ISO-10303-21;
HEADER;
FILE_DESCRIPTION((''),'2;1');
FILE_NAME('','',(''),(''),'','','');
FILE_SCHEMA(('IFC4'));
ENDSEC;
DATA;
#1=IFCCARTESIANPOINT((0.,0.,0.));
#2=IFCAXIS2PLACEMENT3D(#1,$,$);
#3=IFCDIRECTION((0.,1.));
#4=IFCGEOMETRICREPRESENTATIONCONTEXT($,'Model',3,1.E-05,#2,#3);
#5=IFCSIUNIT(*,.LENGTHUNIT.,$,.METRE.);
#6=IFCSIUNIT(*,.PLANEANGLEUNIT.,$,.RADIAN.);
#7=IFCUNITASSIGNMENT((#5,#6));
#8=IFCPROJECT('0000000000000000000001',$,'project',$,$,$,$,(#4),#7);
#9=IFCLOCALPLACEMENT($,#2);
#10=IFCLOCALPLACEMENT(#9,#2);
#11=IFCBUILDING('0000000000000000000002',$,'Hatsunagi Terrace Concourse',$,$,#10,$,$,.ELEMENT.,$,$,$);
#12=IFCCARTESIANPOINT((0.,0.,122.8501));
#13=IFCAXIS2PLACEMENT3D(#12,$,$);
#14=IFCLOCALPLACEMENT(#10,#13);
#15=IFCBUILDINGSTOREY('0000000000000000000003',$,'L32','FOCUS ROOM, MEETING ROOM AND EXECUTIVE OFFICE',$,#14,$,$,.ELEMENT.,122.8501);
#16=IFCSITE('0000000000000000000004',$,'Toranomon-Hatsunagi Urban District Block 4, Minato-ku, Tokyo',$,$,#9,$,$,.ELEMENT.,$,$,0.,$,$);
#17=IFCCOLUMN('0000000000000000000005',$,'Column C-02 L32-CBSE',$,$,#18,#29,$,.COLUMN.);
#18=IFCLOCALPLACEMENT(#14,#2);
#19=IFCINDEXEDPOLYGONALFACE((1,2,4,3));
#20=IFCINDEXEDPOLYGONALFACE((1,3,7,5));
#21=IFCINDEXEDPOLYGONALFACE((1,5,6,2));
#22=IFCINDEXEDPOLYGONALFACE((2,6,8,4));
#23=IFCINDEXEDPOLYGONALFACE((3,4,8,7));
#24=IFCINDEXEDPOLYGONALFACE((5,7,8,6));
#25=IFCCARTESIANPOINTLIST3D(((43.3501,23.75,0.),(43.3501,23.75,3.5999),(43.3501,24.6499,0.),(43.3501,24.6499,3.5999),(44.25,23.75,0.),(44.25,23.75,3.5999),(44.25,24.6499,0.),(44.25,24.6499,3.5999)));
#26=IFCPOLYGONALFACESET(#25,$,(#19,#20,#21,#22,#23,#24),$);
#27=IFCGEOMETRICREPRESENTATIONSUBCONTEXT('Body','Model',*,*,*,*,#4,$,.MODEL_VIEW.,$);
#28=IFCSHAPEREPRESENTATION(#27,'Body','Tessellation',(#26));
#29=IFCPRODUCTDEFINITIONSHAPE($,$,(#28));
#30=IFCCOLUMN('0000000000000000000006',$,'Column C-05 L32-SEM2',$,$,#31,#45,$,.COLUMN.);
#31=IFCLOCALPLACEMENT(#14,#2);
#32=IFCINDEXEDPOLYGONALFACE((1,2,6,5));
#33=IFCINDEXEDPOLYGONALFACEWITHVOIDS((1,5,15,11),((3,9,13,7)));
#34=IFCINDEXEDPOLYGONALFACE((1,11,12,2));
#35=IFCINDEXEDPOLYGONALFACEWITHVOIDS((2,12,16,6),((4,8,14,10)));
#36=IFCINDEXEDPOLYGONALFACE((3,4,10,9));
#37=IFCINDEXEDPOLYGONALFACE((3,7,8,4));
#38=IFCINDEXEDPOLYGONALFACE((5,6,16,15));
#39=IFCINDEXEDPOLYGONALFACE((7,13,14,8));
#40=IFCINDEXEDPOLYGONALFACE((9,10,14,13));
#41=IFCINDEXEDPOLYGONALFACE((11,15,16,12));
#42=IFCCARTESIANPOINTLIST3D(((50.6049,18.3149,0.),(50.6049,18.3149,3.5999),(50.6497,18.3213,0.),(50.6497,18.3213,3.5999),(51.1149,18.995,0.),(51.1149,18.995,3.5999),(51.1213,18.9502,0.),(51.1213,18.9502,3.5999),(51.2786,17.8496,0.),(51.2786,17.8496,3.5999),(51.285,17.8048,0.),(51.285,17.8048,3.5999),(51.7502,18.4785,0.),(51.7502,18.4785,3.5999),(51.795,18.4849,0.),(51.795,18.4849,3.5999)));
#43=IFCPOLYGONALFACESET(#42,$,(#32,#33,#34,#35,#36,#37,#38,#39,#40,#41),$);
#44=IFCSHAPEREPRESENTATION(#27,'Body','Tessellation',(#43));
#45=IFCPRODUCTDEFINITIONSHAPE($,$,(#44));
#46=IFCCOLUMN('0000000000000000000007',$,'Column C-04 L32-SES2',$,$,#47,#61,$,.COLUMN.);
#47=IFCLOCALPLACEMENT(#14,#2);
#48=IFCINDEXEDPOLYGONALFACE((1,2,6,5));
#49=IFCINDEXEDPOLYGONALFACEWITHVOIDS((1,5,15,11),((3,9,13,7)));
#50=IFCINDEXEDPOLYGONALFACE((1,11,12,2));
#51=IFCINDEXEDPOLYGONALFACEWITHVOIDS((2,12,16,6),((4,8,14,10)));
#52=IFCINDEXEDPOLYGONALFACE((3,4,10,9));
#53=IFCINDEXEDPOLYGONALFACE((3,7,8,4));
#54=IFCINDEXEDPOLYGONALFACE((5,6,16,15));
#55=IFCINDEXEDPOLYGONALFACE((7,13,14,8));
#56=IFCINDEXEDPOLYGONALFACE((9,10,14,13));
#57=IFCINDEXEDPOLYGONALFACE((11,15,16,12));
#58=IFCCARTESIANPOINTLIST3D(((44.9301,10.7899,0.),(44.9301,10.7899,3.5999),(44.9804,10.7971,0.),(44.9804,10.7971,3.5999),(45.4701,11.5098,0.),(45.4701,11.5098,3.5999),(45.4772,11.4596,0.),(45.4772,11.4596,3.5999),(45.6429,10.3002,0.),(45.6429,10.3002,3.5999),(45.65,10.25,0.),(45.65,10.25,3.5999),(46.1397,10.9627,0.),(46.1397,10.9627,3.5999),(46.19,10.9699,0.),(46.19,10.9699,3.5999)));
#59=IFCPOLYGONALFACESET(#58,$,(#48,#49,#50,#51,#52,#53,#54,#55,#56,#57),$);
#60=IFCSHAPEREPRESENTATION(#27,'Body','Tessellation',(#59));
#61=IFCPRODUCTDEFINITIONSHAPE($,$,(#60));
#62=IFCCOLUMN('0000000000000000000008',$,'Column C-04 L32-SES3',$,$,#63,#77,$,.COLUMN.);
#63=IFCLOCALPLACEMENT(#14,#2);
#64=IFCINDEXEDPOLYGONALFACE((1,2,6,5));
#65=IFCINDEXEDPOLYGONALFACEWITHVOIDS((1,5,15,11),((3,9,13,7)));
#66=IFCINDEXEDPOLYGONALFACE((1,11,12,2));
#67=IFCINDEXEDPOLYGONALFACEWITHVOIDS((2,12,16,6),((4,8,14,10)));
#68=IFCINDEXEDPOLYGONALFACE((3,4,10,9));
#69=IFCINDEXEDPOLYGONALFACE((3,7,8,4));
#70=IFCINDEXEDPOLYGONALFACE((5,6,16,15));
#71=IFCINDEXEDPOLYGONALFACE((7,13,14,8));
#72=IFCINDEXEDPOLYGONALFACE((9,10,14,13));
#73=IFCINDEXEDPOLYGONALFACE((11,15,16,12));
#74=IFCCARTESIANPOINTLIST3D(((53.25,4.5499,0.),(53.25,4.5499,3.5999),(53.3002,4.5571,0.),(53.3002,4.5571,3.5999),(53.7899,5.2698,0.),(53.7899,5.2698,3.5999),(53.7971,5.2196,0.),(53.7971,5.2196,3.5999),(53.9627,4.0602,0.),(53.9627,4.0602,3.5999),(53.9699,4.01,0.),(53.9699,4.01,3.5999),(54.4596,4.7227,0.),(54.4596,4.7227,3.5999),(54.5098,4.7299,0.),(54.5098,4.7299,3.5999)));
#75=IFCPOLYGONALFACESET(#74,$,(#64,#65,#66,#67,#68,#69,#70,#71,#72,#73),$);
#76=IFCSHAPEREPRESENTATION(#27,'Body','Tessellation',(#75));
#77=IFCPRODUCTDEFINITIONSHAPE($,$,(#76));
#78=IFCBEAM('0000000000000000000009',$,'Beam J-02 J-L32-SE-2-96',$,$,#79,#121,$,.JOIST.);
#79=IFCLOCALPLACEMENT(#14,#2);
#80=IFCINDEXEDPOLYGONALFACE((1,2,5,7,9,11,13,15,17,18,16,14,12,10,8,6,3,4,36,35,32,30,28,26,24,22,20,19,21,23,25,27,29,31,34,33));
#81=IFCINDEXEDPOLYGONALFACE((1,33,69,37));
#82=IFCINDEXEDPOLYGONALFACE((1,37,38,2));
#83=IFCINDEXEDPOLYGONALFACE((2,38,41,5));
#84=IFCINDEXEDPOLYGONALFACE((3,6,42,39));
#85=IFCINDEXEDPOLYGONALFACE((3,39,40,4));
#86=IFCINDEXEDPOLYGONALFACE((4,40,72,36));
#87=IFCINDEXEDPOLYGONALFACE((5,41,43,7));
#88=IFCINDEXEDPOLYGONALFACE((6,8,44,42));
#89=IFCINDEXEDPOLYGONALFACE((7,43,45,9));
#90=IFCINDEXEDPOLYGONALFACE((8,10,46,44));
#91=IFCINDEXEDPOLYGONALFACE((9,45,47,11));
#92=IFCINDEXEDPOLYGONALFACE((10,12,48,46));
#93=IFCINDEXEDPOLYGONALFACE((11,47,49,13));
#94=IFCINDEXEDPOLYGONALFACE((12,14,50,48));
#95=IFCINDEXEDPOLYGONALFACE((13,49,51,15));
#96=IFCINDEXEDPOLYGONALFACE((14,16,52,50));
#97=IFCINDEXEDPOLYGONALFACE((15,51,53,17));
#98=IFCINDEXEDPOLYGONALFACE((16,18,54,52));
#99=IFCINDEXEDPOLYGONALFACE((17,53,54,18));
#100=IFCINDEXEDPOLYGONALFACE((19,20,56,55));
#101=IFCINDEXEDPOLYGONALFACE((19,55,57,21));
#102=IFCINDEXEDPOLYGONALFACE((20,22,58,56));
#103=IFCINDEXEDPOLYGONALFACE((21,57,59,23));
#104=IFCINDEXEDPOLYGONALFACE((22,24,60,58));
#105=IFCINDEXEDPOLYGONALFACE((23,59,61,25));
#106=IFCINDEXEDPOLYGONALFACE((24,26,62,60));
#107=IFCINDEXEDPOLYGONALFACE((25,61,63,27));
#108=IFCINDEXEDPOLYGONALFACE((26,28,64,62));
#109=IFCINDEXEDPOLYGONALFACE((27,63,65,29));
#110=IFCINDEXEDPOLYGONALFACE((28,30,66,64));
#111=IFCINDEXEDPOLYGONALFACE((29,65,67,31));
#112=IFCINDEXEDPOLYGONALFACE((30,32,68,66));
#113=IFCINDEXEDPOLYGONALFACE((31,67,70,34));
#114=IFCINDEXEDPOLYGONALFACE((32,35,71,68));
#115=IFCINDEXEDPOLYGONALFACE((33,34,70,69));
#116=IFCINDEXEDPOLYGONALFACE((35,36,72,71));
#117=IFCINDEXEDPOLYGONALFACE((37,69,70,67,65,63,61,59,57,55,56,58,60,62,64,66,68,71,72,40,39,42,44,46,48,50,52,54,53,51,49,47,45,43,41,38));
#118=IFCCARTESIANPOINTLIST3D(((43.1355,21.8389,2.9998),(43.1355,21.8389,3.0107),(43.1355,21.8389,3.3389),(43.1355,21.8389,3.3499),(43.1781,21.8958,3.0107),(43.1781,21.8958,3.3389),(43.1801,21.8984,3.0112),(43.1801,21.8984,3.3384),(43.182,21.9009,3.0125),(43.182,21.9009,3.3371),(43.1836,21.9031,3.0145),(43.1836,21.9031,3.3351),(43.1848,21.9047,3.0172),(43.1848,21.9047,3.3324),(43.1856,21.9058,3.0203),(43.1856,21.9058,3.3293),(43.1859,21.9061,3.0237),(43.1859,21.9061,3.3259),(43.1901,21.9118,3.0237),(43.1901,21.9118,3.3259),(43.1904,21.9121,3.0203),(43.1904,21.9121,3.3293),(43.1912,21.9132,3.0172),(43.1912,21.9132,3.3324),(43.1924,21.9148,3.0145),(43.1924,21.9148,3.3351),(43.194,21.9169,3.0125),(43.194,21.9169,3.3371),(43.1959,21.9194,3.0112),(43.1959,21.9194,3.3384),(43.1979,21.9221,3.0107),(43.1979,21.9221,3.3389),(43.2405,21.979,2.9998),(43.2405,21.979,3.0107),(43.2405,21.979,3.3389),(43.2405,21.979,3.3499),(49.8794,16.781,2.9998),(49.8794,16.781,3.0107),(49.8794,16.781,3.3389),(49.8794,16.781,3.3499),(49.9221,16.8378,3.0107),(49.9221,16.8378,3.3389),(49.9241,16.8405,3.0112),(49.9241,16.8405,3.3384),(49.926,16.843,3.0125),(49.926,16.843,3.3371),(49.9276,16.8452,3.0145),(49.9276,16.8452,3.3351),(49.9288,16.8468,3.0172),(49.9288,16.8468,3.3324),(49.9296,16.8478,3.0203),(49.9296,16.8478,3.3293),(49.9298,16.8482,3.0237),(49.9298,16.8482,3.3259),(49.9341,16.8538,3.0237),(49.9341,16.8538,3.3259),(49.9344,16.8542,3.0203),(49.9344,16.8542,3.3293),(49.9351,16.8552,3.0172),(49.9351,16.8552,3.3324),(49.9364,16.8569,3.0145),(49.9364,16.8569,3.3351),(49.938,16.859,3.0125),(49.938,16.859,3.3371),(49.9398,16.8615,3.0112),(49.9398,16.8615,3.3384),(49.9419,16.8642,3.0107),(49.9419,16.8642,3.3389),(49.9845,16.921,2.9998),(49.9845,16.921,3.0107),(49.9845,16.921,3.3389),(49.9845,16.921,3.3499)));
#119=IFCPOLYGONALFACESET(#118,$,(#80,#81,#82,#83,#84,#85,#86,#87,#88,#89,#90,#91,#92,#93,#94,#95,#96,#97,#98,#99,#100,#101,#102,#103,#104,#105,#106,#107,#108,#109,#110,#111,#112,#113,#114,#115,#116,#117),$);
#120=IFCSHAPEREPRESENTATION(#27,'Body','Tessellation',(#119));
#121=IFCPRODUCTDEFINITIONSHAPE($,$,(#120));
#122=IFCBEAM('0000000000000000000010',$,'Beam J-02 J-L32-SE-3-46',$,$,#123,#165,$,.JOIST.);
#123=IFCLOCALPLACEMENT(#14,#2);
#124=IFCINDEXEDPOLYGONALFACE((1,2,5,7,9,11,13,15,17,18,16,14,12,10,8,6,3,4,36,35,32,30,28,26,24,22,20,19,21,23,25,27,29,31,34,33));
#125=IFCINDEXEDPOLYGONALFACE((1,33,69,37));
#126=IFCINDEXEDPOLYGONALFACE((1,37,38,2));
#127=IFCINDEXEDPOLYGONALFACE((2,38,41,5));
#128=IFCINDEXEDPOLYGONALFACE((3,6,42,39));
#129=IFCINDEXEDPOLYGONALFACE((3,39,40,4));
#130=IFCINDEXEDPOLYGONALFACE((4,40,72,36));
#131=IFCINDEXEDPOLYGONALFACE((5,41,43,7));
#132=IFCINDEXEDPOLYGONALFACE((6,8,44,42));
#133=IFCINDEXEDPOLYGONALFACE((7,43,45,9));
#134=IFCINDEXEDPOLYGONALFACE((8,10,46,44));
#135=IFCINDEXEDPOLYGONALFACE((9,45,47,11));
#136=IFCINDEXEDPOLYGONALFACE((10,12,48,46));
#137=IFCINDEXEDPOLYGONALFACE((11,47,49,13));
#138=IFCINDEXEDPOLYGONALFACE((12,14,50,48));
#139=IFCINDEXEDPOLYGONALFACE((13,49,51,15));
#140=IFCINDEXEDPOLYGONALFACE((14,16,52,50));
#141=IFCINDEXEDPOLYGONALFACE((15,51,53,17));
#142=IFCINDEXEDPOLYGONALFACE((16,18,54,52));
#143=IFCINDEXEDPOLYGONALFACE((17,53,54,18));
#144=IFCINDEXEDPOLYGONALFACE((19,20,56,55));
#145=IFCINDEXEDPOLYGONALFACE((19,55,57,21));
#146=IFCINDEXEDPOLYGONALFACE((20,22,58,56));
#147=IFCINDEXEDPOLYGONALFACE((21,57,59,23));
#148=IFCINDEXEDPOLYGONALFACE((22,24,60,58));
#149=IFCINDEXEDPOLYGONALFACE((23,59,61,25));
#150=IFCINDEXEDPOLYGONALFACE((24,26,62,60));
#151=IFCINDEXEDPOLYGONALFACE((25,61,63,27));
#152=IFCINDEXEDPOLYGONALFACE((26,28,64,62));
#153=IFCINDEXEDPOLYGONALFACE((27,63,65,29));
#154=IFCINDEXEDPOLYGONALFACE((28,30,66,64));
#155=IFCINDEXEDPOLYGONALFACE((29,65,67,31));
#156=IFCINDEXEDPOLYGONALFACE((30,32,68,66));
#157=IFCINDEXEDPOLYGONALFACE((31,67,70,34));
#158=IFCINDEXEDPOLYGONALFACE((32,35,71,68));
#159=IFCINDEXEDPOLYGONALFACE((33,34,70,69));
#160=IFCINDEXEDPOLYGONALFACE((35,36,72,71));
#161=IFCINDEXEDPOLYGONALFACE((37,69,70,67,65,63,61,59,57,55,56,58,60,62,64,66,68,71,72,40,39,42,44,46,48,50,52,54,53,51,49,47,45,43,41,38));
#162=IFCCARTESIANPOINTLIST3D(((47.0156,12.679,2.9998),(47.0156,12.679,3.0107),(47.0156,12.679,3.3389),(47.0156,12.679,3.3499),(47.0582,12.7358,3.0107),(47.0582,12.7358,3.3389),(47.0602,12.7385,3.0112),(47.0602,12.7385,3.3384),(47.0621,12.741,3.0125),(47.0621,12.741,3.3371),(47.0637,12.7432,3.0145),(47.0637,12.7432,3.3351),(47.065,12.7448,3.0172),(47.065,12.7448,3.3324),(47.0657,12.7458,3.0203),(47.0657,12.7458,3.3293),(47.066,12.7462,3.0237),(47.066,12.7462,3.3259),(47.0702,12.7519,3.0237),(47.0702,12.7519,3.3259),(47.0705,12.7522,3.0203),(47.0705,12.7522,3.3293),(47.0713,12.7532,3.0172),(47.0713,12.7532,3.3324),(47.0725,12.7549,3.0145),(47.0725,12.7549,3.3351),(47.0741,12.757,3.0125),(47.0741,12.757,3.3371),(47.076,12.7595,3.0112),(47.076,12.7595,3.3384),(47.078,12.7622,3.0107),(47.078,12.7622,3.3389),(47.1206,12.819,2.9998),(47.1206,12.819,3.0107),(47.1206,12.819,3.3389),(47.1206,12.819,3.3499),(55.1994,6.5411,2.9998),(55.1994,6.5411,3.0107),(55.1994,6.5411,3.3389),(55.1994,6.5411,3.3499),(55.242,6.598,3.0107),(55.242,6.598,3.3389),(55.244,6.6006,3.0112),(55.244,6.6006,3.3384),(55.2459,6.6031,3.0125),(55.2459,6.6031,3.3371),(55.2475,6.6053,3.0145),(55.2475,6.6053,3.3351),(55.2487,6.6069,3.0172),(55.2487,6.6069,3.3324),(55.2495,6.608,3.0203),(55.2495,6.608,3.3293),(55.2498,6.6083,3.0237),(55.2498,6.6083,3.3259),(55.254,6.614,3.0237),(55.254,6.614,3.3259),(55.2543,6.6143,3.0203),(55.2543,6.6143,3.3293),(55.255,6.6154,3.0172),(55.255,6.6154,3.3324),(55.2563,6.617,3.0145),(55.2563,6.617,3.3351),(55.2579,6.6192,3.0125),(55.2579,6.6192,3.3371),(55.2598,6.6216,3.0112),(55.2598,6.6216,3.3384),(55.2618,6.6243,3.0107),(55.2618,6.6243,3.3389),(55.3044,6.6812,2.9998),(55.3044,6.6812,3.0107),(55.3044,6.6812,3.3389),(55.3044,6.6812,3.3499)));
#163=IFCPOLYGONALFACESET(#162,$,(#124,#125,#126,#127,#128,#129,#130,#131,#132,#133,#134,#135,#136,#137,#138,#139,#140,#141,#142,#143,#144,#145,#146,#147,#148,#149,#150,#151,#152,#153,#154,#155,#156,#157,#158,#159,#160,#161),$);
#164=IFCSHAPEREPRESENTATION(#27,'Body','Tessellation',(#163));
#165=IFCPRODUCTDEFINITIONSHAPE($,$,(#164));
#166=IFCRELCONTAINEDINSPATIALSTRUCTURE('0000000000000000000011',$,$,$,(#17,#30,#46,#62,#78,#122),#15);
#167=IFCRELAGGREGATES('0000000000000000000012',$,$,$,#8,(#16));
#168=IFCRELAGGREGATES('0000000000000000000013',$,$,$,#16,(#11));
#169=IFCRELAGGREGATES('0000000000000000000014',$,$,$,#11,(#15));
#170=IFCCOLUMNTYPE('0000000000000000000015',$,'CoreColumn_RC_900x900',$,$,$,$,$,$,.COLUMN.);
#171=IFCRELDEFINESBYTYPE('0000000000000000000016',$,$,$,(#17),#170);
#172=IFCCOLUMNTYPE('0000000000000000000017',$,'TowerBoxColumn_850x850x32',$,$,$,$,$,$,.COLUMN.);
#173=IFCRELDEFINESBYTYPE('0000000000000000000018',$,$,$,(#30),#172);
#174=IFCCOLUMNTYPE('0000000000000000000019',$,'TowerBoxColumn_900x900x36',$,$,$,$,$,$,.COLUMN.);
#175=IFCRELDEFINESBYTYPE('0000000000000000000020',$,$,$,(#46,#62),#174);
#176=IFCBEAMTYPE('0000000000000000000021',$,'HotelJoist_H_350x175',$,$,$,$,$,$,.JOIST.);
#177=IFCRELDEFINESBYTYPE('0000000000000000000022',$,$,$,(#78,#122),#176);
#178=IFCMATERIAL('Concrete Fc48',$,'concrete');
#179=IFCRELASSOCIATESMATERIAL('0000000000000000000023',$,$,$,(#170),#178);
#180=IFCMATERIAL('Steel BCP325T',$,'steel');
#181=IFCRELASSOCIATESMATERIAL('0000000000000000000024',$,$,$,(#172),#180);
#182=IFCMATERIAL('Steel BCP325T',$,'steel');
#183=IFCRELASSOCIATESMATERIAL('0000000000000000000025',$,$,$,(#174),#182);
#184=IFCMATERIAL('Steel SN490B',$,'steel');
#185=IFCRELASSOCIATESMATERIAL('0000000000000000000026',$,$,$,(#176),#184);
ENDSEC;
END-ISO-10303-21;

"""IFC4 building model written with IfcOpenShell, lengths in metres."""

from ifc_helpers import new_model, si_unit, direction, frame, origin, origin_2d, place, context, subcontext, project, spatial, rectangle, hollow_rectangle, i_section, extrude, material, material_profile, profile_set, type_object, element, save


model = new_model("IFC4")

# Units and contexts
model_context = context("Model", 3, precision=1e-05, world=origin(), true_north=direction((0.0, 1.0)))
body_context = subcontext(model_context, "Body", "Model", "MODEL_VIEW")
ifc_project = project(units=[si_unit("LENGTHUNIT", "METRE"), si_unit("PLANEANGLEUNIT", "RADIAN")], contexts=[model_context])

# Site, building, storey
site_placement = place(None, origin())
site = spatial("IfcSite", under=ifc_project, at=site_placement, Name="Toranomon-Hatsunagi Urban District Block 4, Minato-ku, Tokyo", CompositionType="ELEMENT", RefElevation=0.0)
building_placement = place(site_placement, origin())
building = spatial("IfcBuilding", under=site, at=building_placement, Name="Hatsunagi Terrace Concourse", CompositionType="ELEMENT")
storey_placement = place(building_placement, frame((0.0, 0.0, 122.8501)))
storey = spatial("IfcBuildingStorey", under=building, at=storey_placement, Name="L32", Description="FOCUS ROOM, MEETING ROOM AND EXECUTIVE OFFICE", CompositionType="ELEMENT", Elevation=122.8501)

# Columns
ifc_material_1 = material(Name="Concrete Fc48", Category="concrete")
ifc_material_profile_1 = material_profile(ifc_material_1, rectangle(XDim=0.8999, YDim=0.8999, at=origin_2d()), Name="RC-900x900")
ifc_profile_set_1 = profile_set([ifc_material_profile_1], Name="Concrete Fc48")
column_type_1 = type_object("IfcColumnType", Name="CoreColumn_RC_900x900", PredefinedType="COLUMN", material=ifc_profile_set_1)
column_1_placement = place(storey_placement, frame((43.8, 24.2, 0.0), z_axis=(0.0, 0.0, 1.0), x_axis=(1.0, 0.0, 0.0)))
element("IfcColumn", 1, at=column_1_placement, inside=storey, type_object=column_type_1, Name="Column C-02 L32-CBSE", PredefinedType="COLUMN", context=body_context, shape_type="SweptSolid", body=[
    extrude(rectangle(XDim=0.8999, YDim=0.8999, at=origin_2d()), origin(), (0.0, 0.0, 1.0), 3.5999),
])
ifc_material_2 = material(Name="Steel BCP325T", Category="steel")
ifc_material_profile_2 = material_profile(ifc_material_2, hollow_rectangle(XDim=0.8501, YDim=0.8501, WallThickness=0.032, at=origin_2d()), Name="BCP-850x850x32")
ifc_profile_set_2 = profile_set([ifc_material_profile_2], Name="Steel BCP325T")
column_type_2 = type_object("IfcColumnType", Name="TowerBoxColumn_850x850x32", PredefinedType="COLUMN", material=ifc_profile_set_2)
column_2_placement = place(storey_placement, frame((51.2, 18.3999, 0.0), z_axis=(0.0, 0.0, 1.0), x_axis=(0.8, -0.6, 0.0)))
element("IfcColumn", 2, at=column_2_placement, inside=storey, type_object=column_type_2, Name="Column C-05 L32-SEM2", PredefinedType="COLUMN", context=body_context, shape_type="SweptSolid", body=[
    extrude(hollow_rectangle(XDim=0.8501, YDim=0.8501, WallThickness=0.032, at=origin_2d()), origin(), (0.0, 0.0, 1.0), 3.5999),
])
ifc_material_3 = material(Name="Steel BCP325T", Category="steel")
ifc_material_profile_3 = material_profile(ifc_material_3, hollow_rectangle(XDim=0.8999, YDim=0.8999, WallThickness=0.0359, at=origin_2d()), Name="BCP-900x900x36")
ifc_profile_set_3 = profile_set([ifc_material_profile_3], Name="Steel BCP325T")
column_type_3 = type_object("IfcColumnType", Name="TowerBoxColumn_900x900x36", PredefinedType="COLUMN", material=ifc_profile_set_3)
for number, where, z_axis, x_axis, name in (
    (3, (45.5601, 10.8799, 0.0), (0.0, 0.0, 1.0), (0.8, -0.6, 0.0), "Column C-04 L32-SES2"),
    (4, (53.8799, 4.6399, 0.0), (0.0, 0.0, 1.0), (0.8, -0.6, 0.0), "Column C-04 L32-SES3"),
):
    element("IfcColumn", number, at=place(storey_placement, frame(where, z_axis=z_axis, x_axis=x_axis)), inside=storey, type_object=column_type_3, Name=name, PredefinedType="COLUMN", context=body_context, shape_type="SweptSolid", body=[
        extrude(hollow_rectangle(XDim=0.8999, YDim=0.8999, WallThickness=0.0359, at=origin_2d()), origin(), (0.0, 0.0, 1.0), 3.5999),
    ])

# Beams
ifc_material_4 = material(Name="Steel SN490B", Category="steel")
ifc_material_profile_4 = material_profile(ifc_material_4, i_section(OverallWidth=0.175, OverallDepth=0.3501, WebThickness=0.0071, FlangeThickness=0.011, FilletRadius=0.0129, at=origin_2d()), Name="H-350x175x7x11")
ifc_profile_set_4 = profile_set([ifc_material_profile_4], Name="Steel SN490B")
beam_type_1 = type_object("IfcBeamType", Name="HotelJoist_H_350x175", PredefinedType="JOIST", material=ifc_profile_set_4)
beam_1_placement = place(storey_placement, frame((43.188, 21.9089, 3.1748), z_axis=(0.800003, -0.599995, 0.0), x_axis=(0.599995, 0.800003, 0.0)))
element("IfcBeam", 5, at=beam_1_placement, inside=storey, type_object=beam_type_1, Name="Beam J-02 J-L32-SE-2-96", PredefinedType="JOIST", context=body_context, shape_type="SweptSolid", body=[
    extrude(i_section(OverallWidth=0.175, OverallDepth=0.3501, WebThickness=0.0071, FlangeThickness=0.011, FilletRadius=0.0129, at=origin_2d()), origin(), (0.0, 0.0, 1.0), 8.4299),
])
beam_2_placement = place(storey_placement, frame((47.0681, 12.749, 3.1748), z_axis=(0.799997, -0.600004, 0.0), x_axis=(0.600004, 0.799997, 0.0)))
element("IfcBeam", 6, at=beam_2_placement, inside=storey, type_object=beam_type_1, Name="Beam J-02 J-L32-SE-3-46", PredefinedType="JOIST", context=body_context, shape_type="SweptSolid", body=[
    extrude(i_section(OverallWidth=0.175, OverallDepth=0.3501, WebThickness=0.0071, FlangeThickness=0.011, FilletRadius=0.0129, at=origin_2d()), origin(), (0.0, 0.0, 1.0), 10.2297),
])

save(model, "model.ifc")
